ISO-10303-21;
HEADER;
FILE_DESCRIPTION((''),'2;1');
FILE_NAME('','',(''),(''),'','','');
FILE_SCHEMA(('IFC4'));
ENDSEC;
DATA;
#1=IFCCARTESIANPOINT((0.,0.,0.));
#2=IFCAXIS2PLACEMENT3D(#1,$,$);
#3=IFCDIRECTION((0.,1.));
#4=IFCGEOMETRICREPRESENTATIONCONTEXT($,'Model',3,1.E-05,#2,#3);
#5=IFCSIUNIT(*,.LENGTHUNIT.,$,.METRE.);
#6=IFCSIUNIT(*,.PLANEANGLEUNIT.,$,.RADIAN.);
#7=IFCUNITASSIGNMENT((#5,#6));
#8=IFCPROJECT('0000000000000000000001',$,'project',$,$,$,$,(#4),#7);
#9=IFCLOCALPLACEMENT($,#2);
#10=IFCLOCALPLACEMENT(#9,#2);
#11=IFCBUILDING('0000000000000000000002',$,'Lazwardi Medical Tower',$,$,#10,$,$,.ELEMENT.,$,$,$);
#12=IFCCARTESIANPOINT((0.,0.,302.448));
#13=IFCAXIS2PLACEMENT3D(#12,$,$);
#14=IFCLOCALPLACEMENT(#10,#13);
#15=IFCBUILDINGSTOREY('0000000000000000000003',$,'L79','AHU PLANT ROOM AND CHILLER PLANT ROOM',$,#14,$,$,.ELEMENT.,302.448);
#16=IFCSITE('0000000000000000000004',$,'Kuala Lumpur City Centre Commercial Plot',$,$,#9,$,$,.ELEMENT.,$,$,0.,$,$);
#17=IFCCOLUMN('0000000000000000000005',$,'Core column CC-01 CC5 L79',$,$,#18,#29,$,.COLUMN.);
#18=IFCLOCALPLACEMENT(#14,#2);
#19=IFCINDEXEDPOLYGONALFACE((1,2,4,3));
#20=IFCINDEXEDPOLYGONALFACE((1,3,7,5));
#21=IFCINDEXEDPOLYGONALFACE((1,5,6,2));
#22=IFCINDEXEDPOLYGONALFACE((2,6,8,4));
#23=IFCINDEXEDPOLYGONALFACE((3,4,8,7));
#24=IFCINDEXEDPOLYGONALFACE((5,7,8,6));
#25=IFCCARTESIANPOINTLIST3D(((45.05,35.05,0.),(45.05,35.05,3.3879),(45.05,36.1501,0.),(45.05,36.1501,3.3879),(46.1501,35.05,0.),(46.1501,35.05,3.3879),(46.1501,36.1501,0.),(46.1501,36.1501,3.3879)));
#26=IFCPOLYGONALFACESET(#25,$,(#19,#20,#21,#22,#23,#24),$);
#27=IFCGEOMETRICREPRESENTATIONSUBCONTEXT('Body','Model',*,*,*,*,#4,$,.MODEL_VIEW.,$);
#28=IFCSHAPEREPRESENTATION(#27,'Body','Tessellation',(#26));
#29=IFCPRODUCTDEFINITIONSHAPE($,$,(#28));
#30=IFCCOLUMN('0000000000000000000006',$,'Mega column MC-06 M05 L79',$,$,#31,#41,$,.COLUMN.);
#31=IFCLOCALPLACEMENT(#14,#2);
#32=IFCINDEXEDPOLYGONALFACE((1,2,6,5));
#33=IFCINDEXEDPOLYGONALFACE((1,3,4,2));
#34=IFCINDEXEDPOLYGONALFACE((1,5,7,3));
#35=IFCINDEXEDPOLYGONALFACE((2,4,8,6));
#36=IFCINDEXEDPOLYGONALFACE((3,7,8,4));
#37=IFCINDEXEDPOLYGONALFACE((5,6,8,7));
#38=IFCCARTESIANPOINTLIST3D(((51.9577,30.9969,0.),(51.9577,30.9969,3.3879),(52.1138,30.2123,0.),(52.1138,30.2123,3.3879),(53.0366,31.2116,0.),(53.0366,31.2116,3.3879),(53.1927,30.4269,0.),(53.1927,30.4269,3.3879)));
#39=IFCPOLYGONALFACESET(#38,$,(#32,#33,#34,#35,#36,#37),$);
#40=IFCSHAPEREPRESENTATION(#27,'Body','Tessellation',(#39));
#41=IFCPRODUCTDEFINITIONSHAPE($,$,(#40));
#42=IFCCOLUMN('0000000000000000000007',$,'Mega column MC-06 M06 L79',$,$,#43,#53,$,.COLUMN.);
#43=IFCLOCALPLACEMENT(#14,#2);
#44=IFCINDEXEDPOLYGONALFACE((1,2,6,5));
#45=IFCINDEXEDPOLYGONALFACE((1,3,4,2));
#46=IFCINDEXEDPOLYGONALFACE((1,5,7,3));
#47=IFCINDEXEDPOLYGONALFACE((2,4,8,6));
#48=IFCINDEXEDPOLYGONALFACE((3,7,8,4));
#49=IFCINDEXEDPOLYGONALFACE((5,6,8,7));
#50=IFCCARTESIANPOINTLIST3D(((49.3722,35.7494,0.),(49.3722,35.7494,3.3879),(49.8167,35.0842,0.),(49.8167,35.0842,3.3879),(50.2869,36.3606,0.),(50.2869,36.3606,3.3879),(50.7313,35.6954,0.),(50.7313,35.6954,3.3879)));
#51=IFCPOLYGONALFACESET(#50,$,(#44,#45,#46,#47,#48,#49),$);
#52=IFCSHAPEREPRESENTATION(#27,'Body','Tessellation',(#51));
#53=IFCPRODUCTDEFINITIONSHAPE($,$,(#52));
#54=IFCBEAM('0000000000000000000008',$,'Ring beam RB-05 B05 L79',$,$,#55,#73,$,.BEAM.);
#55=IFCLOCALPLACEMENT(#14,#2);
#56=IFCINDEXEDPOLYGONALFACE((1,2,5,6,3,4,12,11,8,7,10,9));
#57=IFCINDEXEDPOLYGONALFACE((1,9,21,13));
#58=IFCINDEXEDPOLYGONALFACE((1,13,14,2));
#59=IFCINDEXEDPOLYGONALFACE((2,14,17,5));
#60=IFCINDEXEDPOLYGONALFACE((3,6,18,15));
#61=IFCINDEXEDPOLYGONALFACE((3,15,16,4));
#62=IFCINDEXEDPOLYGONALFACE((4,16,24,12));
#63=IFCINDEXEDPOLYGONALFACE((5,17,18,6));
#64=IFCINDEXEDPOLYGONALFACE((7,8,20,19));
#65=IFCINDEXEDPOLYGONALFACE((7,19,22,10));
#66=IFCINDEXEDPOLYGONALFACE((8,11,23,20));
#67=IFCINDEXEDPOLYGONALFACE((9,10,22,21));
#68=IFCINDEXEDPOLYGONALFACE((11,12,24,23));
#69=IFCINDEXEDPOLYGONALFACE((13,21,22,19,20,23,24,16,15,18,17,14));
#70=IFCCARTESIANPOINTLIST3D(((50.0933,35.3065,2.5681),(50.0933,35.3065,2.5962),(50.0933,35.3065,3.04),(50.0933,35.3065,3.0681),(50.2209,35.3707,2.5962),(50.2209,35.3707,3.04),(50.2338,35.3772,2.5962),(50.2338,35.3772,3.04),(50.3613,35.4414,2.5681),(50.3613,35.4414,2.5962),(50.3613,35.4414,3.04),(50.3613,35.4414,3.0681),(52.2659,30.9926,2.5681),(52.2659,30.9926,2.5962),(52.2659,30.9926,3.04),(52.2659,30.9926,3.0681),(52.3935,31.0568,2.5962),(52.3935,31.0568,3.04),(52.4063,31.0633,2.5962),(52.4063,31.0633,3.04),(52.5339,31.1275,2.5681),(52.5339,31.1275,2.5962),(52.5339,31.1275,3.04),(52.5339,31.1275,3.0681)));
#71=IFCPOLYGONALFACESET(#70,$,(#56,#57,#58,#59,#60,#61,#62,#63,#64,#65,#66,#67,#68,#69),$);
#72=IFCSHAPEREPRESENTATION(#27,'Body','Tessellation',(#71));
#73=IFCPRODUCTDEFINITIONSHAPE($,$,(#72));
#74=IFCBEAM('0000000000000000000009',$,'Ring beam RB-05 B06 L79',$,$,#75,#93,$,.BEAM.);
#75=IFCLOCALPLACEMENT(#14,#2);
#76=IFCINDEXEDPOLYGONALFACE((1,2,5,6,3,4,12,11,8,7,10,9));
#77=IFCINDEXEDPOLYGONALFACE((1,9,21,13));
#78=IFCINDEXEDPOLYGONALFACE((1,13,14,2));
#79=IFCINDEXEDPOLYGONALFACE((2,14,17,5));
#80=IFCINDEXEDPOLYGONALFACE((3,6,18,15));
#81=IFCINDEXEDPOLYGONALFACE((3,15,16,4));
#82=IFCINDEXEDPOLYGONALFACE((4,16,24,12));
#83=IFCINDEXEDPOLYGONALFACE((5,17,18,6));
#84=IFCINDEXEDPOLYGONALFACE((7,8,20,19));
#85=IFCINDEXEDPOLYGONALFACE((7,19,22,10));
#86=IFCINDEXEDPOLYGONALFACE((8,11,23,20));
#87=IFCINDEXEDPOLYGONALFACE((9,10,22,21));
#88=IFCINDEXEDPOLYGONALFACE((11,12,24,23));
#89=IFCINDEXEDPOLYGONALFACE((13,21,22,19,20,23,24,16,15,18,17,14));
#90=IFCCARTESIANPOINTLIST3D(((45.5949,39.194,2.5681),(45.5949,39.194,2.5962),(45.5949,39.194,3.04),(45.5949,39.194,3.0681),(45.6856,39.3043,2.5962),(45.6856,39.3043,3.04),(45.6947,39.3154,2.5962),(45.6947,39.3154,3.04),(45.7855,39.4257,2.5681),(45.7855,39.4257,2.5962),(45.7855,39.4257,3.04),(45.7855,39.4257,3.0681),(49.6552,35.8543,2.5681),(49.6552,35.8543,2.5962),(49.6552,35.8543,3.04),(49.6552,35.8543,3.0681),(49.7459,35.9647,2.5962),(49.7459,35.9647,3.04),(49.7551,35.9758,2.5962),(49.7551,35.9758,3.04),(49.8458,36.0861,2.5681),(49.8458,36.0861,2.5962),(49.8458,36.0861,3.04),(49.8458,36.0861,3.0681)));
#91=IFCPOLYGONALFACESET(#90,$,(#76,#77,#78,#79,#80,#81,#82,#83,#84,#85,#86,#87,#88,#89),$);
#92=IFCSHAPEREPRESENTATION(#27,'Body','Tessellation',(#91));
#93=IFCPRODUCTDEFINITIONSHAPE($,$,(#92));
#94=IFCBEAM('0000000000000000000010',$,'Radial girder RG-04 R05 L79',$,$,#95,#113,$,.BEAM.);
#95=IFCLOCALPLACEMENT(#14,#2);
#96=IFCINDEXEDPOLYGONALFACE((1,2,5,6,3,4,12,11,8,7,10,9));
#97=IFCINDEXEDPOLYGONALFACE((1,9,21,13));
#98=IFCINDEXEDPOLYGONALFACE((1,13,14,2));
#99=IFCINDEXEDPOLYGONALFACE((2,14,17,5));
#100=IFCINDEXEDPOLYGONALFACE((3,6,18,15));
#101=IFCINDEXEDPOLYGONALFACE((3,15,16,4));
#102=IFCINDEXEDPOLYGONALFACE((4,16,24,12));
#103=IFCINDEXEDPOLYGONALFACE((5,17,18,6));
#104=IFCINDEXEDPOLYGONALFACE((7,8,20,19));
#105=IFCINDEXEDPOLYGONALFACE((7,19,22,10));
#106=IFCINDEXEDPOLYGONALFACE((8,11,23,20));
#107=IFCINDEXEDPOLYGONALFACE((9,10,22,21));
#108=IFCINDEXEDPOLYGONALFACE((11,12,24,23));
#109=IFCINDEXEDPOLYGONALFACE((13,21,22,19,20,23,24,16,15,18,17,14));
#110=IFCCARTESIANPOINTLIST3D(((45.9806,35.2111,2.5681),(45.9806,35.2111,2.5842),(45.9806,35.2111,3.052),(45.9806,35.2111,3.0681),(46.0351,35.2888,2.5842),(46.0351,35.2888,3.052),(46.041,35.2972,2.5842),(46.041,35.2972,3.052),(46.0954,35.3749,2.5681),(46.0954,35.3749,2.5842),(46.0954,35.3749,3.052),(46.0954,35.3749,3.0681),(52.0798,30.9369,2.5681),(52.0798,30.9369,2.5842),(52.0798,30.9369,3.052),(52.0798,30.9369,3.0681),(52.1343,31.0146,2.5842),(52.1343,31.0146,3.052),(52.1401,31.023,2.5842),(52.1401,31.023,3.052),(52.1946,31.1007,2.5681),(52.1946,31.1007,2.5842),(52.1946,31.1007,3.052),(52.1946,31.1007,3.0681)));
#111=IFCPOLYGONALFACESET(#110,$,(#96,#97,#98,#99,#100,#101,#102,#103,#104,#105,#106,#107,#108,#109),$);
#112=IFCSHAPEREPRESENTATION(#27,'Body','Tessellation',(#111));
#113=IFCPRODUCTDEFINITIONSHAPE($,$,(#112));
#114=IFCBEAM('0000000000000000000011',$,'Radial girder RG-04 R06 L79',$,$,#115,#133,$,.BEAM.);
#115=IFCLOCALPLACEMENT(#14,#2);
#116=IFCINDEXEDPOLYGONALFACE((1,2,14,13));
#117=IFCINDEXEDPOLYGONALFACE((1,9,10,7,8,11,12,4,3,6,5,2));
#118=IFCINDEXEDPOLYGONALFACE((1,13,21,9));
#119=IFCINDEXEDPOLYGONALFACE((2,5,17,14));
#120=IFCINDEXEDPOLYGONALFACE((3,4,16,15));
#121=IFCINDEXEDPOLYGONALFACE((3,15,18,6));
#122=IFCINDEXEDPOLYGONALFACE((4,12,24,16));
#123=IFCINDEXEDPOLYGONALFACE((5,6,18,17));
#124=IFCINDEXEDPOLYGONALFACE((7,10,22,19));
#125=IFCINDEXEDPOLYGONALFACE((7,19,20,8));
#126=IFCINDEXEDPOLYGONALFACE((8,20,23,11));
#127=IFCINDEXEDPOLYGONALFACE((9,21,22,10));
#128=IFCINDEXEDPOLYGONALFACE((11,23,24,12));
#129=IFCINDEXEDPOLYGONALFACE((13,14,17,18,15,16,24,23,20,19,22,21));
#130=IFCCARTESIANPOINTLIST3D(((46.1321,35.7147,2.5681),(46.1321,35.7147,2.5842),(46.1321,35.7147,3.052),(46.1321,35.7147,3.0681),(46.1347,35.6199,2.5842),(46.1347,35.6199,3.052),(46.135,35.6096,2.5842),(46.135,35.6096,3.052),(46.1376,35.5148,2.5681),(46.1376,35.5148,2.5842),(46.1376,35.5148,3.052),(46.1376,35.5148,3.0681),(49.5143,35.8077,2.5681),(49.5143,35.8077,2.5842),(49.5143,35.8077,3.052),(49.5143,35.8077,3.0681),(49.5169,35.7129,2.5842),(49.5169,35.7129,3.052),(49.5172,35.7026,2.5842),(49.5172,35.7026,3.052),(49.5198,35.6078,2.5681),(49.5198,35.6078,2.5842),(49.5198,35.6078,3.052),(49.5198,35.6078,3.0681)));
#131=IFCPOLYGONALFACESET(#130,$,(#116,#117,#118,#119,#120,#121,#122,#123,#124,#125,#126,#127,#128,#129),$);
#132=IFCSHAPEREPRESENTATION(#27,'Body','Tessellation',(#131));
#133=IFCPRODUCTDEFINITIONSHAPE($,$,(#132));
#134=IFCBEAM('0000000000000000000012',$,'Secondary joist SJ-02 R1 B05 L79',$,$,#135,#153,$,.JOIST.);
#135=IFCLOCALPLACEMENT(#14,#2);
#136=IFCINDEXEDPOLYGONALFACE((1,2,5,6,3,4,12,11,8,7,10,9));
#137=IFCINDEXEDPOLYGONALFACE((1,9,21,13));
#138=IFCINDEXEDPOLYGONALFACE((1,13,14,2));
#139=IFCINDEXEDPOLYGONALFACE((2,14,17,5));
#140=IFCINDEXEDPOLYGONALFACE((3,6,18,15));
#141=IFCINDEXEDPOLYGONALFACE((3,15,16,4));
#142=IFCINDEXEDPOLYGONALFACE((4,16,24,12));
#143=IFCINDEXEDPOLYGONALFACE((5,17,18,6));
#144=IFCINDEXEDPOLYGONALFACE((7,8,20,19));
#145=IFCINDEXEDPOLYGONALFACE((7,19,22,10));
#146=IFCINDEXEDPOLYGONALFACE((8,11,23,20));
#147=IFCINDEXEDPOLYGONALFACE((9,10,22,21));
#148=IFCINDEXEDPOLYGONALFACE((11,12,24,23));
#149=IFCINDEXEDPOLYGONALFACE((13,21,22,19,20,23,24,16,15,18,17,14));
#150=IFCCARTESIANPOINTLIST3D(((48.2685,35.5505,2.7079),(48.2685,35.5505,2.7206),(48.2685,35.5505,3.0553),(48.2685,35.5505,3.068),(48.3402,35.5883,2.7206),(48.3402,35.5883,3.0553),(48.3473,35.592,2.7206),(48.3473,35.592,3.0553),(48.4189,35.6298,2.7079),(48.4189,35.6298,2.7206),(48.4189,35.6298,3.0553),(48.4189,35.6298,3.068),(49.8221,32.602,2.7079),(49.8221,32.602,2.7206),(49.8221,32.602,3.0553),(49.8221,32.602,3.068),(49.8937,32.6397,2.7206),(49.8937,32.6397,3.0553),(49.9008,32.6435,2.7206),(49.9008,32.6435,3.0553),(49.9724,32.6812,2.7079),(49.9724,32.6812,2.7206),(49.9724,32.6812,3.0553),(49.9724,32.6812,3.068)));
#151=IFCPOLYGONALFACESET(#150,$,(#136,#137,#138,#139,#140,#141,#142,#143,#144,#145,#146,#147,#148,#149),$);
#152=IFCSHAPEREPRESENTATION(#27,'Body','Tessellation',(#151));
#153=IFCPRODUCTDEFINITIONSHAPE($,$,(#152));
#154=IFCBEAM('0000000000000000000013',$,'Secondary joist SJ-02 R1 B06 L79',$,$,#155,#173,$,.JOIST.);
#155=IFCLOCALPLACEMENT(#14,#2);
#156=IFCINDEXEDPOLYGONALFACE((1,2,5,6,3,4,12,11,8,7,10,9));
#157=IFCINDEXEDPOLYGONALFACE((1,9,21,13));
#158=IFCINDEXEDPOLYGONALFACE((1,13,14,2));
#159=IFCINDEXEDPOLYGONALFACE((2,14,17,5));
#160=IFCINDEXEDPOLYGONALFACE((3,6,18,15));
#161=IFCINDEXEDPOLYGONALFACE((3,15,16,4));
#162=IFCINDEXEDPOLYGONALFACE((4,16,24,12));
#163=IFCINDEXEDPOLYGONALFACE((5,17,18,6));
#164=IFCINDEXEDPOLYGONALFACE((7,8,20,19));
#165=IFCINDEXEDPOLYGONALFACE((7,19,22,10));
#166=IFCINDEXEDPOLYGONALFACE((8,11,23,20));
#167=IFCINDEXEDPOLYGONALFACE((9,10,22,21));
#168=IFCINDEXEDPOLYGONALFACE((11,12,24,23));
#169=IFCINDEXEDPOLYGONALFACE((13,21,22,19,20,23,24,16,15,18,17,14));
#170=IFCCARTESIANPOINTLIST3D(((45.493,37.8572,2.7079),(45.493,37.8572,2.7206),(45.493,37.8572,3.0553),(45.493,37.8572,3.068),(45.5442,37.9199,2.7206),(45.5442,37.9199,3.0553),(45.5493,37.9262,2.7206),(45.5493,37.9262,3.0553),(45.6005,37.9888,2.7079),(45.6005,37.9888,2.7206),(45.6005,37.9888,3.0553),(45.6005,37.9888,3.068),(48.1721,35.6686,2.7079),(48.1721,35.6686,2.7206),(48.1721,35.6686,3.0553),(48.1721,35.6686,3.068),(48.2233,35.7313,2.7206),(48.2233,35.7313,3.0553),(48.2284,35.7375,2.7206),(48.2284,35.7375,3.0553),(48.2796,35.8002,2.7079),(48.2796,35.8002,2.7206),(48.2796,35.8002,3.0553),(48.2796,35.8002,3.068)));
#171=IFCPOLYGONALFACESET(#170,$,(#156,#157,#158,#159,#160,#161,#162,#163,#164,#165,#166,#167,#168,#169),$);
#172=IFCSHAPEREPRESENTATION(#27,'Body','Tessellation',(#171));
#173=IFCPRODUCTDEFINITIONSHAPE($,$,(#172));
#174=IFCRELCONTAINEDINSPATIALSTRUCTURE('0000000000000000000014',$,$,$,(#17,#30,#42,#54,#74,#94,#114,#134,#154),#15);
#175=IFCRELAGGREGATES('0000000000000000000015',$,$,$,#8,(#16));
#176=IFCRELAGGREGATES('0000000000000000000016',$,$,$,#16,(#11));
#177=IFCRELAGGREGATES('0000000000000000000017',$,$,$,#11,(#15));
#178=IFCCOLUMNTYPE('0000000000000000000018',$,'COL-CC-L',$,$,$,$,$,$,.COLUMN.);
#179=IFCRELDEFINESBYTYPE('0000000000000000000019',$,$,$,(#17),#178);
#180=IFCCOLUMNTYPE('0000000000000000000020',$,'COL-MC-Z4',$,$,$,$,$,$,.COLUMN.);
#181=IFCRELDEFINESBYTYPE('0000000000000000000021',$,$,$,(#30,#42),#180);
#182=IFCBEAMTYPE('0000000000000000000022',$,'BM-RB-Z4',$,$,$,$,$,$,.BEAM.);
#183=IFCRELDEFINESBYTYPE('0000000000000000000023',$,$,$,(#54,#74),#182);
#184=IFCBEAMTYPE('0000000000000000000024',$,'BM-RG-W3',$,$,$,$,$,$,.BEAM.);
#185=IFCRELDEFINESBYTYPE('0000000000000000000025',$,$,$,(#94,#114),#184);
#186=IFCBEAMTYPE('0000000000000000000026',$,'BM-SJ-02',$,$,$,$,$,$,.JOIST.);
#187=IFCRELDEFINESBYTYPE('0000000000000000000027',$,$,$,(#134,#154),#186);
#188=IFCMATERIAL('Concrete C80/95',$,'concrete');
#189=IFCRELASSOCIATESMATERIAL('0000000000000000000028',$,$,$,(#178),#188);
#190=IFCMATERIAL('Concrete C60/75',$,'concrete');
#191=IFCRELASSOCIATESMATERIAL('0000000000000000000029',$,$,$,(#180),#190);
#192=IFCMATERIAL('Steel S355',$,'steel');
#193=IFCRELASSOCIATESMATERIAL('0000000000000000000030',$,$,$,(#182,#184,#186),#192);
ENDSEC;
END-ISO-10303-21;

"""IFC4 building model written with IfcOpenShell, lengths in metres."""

from ifc_helpers import new_model, si_unit, direction, frame, origin, origin_2d, place, context, subcontext, project, spatial, rectangle, i_section, extrude, material, material_profile, profile_set, type_object, element, save


model = new_model("IFC4")

# Units and contexts
model_context = context("Model", 3, precision=1e-05, world=origin(), true_north=direction((0.0, 1.0)))
body_context = subcontext(model_context, "Body", "Model", "MODEL_VIEW")
ifc_project = project(units=[si_unit("LENGTHUNIT", "METRE"), si_unit("PLANEANGLEUNIT", "RADIAN")], contexts=[model_context])

# Site, building, storey
site_placement = place(None, origin())
site = spatial("IfcSite", under=ifc_project, at=site_placement, Name="Kuala Lumpur City Centre Commercial Plot", CompositionType="ELEMENT", RefElevation=0.0)
building_placement = place(site_placement, origin())
building = spatial("IfcBuilding", under=site, at=building_placement, Name="Lazwardi Medical Tower", CompositionType="ELEMENT")
storey_placement = place(building_placement, frame((0.0, 0.0, 302.448)))
storey = spatial("IfcBuildingStorey", under=building, at=storey_placement, Name="L79", Description="AHU PLANT ROOM AND CHILLER PLANT ROOM", CompositionType="ELEMENT", Elevation=302.448)

# Columns
ifc_material_1 = material(Name="Concrete C80/95", Category="concrete")
ifc_material_profile_1 = material_profile(ifc_material_1, rectangle(XDim=1.1001, YDim=1.1001, at=origin_2d()), Name="RC 1100x1100")
ifc_profile_set_1 = profile_set([ifc_material_profile_1], Name="Concrete C80/95")
column_type_1 = type_object("IfcColumnType", Name="COL-CC-L", PredefinedType="COLUMN", material=ifc_profile_set_1)
column_placement = place(storey_placement, frame((45.6001, 35.6001, 0.0), z_axis=(0.0, 0.0, 1.0), x_axis=(1.0, 0.0, 0.0)))
element("IfcColumn", 1, at=column_placement, inside=storey, type_object=column_type_1, Name="Core column CC-01 CC5 L79", PredefinedType="COLUMN", context=body_context, shape_type="SweptSolid", body=[
    extrude(rectangle(XDim=1.1001, YDim=1.1001, at=origin_2d()), origin(), (0.0, 0.0, 1.0), 3.3879),
])
ifc_material_2 = material(Name="Concrete C60/75", Category="concrete")
ifc_material_profile_2 = material_profile(ifc_material_2, rectangle(XDim=1.1001, YDim=0.8, at=origin_2d()), Name="CFT-RECT 1100x800")
ifc_profile_set_2 = profile_set([ifc_material_profile_2], Name="Concrete C60/75")
column_type_2 = type_object("IfcColumnType", Name="COL-MC-Z4", PredefinedType="COLUMN", material=ifc_profile_set_2)
for number, where, z_axis, x_axis, name in (
    (2, (52.5752, 30.7119, 0.0), (0.0, 0.0, 1.0), (0.980785, 0.19509, 0.0), "Mega column MC-06 M05 L79"),
    (3, (50.0518, 35.7224, 0.0), (0.0, 0.0, 1.0), (0.83147, 0.55557, 0.0), "Mega column MC-06 M06 L79"),
):
    element("IfcColumn", number, at=place(storey_placement, frame(where, z_axis=z_axis, x_axis=x_axis)), inside=storey, type_object=column_type_2, Name=name, PredefinedType="COLUMN", context=body_context, shape_type="SweptSolid", body=[
        extrude(rectangle(XDim=1.1001, YDim=0.8, at=origin_2d()), origin(), (0.0, 0.0, 1.0), 3.3879),
    ])

# Beams
ifc_material_3 = material(Name="Steel S355", Category="steel")
ifc_material_profile_3 = material_profile(ifc_material_3, i_section(OverallWidth=0.3, OverallDepth=0.5, WebThickness=0.0144, FlangeThickness=0.0281, at=origin_2d()), Name="HEB 500")
ifc_profile_set_3 = profile_set([ifc_material_profile_3], Name="Steel S355")
beam_type_1 = type_object("IfcBeamType", Name="BM-RB-Z4", PredefinedType="BEAM", material=ifc_profile_set_3)
beam_1_placement = place(storey_placement, frame((52.3999, 31.0601, 2.8181), z_axis=(-0.4498, 0.893129, 0.0), x_axis=(-0.893129, -0.4498, 0.0)))
element("IfcBeam", 4, at=beam_1_placement, inside=storey, type_object=beam_type_1, Name="Ring beam RB-05 B05 L79", PredefinedType="BEAM", context=body_context, shape_type="SweptSolid", body=[
    extrude(i_section(OverallWidth=0.3, OverallDepth=0.5, WebThickness=0.0144, FlangeThickness=0.0281, at=origin_2d()), origin(), (0.0, 0.0, 1.0), 4.8301),
])
beam_2_placement = place(storey_placement, frame((49.7505, 35.9702, 2.8181), z_axis=(-0.77232, 0.635233, 0.0), x_axis=(-0.635233, -0.77232, 0.0)))
element("IfcBeam", 5, at=beam_2_placement, inside=storey, type_object=beam_type_1, Name="Ring beam RB-05 B06 L79", PredefinedType="BEAM", context=body_context, shape_type="SweptSolid", body=[
    extrude(i_section(OverallWidth=0.3, OverallDepth=0.5, WebThickness=0.0144, FlangeThickness=0.0281, at=origin_2d()), origin(), (0.0, 0.0, 1.0), 5.2573),
])
ifc_material_profile_4 = material_profile(ifc_material_3, i_section(OverallWidth=0.2, OverallDepth=0.5, WebThickness=0.0103, FlangeThickness=0.0161, at=origin_2d()), Name="IPE 500")
ifc_profile_set_4 = profile_set([ifc_material_profile_4], Name="Steel S355")
beam_type_2 = type_object("IfcBeamType", Name="BM-RG-W3", PredefinedType="BEAM", material=ifc_profile_set_4)
beam_3_placement = place(storey_placement, frame((52.1372, 31.0188, 2.8181), z_axis=(-0.81893, 0.573893, 0.0), x_axis=(-0.573893, -0.81893, 0.0)))
element("IfcBeam", 6, at=beam_3_placement, inside=storey, type_object=beam_type_2, Name="Radial girder RG-04 R05 L79", PredefinedType="BEAM", context=body_context, shape_type="SweptSolid", body=[
    extrude(i_section(OverallWidth=0.2, OverallDepth=0.5, WebThickness=0.0103, FlangeThickness=0.0161, at=origin_2d()), origin(), (0.0, 0.0, 1.0), 7.4478),
])
beam_4_placement = place(storey_placement, frame((49.5171, 35.7078, 2.8181), z_axis=(-0.999622, -0.027491, 0.0), x_axis=(0.027491, -0.999622, 0.0)))
element("IfcBeam", 7, at=beam_4_placement, inside=storey, type_object=beam_type_2, Name="Radial girder RG-04 R06 L79", PredefinedType="BEAM", context=body_context, shape_type="SweptSolid", body=[
    extrude(i_section(OverallWidth=0.2, OverallDepth=0.5, WebThickness=0.0103, FlangeThickness=0.0161, at=origin_2d()), origin(), (0.0, 0.0, 1.0), 3.3835),
])
ifc_material_profile_5 = material_profile(ifc_material_3, i_section(OverallWidth=0.1699, OverallDepth=0.3601, WebThickness=0.0081, FlangeThickness=0.0127, at=origin_2d()), Name="IPE 360")
ifc_profile_set_5 = profile_set([ifc_material_profile_5], Name="Steel S355")
beam_type_3 = type_object("IfcBeamType", Name="BM-SJ-02", PredefinedType="JOIST", material=ifc_profile_set_5)
beam_5_placement = place(storey_placement, frame((49.8972, 32.6416, 2.8879), z_axis=(-0.46613, 0.884716, 0.0), x_axis=(-0.884716, -0.46613, 0.0)))
element("IfcBeam", 8, at=beam_5_placement, inside=storey, type_object=beam_type_3, Name="Secondary joist SJ-02 R1 B05 L79", PredefinedType="JOIST", context=body_context, shape_type="SweptSolid", body=[
    extrude(i_section(OverallWidth=0.1699, OverallDepth=0.3601, WebThickness=0.0081, FlangeThickness=0.0127, at=origin_2d()), origin(), (0.0, 0.0, 1.0), 3.3328),
])
beam_6_placement = place(storey_placement, frame((48.2258, 35.7344, 2.8879), z_axis=(-0.774432, 0.632657, 0.0), x_axis=(-0.632657, -0.774432, 0.0)))
element("IfcBeam", 9, at=beam_6_placement, inside=storey, type_object=beam_type_3, Name="Secondary joist SJ-02 R1 B06 L79", PredefinedType="JOIST", context=body_context, shape_type="SweptSolid", body=[
    extrude(i_section(OverallWidth=0.1699, OverallDepth=0.3601, WebThickness=0.0081, FlangeThickness=0.0127, at=origin_2d()), origin(), (0.0, 0.0, 1.0), 3.4595),
])

save(model, "model.ifc")
